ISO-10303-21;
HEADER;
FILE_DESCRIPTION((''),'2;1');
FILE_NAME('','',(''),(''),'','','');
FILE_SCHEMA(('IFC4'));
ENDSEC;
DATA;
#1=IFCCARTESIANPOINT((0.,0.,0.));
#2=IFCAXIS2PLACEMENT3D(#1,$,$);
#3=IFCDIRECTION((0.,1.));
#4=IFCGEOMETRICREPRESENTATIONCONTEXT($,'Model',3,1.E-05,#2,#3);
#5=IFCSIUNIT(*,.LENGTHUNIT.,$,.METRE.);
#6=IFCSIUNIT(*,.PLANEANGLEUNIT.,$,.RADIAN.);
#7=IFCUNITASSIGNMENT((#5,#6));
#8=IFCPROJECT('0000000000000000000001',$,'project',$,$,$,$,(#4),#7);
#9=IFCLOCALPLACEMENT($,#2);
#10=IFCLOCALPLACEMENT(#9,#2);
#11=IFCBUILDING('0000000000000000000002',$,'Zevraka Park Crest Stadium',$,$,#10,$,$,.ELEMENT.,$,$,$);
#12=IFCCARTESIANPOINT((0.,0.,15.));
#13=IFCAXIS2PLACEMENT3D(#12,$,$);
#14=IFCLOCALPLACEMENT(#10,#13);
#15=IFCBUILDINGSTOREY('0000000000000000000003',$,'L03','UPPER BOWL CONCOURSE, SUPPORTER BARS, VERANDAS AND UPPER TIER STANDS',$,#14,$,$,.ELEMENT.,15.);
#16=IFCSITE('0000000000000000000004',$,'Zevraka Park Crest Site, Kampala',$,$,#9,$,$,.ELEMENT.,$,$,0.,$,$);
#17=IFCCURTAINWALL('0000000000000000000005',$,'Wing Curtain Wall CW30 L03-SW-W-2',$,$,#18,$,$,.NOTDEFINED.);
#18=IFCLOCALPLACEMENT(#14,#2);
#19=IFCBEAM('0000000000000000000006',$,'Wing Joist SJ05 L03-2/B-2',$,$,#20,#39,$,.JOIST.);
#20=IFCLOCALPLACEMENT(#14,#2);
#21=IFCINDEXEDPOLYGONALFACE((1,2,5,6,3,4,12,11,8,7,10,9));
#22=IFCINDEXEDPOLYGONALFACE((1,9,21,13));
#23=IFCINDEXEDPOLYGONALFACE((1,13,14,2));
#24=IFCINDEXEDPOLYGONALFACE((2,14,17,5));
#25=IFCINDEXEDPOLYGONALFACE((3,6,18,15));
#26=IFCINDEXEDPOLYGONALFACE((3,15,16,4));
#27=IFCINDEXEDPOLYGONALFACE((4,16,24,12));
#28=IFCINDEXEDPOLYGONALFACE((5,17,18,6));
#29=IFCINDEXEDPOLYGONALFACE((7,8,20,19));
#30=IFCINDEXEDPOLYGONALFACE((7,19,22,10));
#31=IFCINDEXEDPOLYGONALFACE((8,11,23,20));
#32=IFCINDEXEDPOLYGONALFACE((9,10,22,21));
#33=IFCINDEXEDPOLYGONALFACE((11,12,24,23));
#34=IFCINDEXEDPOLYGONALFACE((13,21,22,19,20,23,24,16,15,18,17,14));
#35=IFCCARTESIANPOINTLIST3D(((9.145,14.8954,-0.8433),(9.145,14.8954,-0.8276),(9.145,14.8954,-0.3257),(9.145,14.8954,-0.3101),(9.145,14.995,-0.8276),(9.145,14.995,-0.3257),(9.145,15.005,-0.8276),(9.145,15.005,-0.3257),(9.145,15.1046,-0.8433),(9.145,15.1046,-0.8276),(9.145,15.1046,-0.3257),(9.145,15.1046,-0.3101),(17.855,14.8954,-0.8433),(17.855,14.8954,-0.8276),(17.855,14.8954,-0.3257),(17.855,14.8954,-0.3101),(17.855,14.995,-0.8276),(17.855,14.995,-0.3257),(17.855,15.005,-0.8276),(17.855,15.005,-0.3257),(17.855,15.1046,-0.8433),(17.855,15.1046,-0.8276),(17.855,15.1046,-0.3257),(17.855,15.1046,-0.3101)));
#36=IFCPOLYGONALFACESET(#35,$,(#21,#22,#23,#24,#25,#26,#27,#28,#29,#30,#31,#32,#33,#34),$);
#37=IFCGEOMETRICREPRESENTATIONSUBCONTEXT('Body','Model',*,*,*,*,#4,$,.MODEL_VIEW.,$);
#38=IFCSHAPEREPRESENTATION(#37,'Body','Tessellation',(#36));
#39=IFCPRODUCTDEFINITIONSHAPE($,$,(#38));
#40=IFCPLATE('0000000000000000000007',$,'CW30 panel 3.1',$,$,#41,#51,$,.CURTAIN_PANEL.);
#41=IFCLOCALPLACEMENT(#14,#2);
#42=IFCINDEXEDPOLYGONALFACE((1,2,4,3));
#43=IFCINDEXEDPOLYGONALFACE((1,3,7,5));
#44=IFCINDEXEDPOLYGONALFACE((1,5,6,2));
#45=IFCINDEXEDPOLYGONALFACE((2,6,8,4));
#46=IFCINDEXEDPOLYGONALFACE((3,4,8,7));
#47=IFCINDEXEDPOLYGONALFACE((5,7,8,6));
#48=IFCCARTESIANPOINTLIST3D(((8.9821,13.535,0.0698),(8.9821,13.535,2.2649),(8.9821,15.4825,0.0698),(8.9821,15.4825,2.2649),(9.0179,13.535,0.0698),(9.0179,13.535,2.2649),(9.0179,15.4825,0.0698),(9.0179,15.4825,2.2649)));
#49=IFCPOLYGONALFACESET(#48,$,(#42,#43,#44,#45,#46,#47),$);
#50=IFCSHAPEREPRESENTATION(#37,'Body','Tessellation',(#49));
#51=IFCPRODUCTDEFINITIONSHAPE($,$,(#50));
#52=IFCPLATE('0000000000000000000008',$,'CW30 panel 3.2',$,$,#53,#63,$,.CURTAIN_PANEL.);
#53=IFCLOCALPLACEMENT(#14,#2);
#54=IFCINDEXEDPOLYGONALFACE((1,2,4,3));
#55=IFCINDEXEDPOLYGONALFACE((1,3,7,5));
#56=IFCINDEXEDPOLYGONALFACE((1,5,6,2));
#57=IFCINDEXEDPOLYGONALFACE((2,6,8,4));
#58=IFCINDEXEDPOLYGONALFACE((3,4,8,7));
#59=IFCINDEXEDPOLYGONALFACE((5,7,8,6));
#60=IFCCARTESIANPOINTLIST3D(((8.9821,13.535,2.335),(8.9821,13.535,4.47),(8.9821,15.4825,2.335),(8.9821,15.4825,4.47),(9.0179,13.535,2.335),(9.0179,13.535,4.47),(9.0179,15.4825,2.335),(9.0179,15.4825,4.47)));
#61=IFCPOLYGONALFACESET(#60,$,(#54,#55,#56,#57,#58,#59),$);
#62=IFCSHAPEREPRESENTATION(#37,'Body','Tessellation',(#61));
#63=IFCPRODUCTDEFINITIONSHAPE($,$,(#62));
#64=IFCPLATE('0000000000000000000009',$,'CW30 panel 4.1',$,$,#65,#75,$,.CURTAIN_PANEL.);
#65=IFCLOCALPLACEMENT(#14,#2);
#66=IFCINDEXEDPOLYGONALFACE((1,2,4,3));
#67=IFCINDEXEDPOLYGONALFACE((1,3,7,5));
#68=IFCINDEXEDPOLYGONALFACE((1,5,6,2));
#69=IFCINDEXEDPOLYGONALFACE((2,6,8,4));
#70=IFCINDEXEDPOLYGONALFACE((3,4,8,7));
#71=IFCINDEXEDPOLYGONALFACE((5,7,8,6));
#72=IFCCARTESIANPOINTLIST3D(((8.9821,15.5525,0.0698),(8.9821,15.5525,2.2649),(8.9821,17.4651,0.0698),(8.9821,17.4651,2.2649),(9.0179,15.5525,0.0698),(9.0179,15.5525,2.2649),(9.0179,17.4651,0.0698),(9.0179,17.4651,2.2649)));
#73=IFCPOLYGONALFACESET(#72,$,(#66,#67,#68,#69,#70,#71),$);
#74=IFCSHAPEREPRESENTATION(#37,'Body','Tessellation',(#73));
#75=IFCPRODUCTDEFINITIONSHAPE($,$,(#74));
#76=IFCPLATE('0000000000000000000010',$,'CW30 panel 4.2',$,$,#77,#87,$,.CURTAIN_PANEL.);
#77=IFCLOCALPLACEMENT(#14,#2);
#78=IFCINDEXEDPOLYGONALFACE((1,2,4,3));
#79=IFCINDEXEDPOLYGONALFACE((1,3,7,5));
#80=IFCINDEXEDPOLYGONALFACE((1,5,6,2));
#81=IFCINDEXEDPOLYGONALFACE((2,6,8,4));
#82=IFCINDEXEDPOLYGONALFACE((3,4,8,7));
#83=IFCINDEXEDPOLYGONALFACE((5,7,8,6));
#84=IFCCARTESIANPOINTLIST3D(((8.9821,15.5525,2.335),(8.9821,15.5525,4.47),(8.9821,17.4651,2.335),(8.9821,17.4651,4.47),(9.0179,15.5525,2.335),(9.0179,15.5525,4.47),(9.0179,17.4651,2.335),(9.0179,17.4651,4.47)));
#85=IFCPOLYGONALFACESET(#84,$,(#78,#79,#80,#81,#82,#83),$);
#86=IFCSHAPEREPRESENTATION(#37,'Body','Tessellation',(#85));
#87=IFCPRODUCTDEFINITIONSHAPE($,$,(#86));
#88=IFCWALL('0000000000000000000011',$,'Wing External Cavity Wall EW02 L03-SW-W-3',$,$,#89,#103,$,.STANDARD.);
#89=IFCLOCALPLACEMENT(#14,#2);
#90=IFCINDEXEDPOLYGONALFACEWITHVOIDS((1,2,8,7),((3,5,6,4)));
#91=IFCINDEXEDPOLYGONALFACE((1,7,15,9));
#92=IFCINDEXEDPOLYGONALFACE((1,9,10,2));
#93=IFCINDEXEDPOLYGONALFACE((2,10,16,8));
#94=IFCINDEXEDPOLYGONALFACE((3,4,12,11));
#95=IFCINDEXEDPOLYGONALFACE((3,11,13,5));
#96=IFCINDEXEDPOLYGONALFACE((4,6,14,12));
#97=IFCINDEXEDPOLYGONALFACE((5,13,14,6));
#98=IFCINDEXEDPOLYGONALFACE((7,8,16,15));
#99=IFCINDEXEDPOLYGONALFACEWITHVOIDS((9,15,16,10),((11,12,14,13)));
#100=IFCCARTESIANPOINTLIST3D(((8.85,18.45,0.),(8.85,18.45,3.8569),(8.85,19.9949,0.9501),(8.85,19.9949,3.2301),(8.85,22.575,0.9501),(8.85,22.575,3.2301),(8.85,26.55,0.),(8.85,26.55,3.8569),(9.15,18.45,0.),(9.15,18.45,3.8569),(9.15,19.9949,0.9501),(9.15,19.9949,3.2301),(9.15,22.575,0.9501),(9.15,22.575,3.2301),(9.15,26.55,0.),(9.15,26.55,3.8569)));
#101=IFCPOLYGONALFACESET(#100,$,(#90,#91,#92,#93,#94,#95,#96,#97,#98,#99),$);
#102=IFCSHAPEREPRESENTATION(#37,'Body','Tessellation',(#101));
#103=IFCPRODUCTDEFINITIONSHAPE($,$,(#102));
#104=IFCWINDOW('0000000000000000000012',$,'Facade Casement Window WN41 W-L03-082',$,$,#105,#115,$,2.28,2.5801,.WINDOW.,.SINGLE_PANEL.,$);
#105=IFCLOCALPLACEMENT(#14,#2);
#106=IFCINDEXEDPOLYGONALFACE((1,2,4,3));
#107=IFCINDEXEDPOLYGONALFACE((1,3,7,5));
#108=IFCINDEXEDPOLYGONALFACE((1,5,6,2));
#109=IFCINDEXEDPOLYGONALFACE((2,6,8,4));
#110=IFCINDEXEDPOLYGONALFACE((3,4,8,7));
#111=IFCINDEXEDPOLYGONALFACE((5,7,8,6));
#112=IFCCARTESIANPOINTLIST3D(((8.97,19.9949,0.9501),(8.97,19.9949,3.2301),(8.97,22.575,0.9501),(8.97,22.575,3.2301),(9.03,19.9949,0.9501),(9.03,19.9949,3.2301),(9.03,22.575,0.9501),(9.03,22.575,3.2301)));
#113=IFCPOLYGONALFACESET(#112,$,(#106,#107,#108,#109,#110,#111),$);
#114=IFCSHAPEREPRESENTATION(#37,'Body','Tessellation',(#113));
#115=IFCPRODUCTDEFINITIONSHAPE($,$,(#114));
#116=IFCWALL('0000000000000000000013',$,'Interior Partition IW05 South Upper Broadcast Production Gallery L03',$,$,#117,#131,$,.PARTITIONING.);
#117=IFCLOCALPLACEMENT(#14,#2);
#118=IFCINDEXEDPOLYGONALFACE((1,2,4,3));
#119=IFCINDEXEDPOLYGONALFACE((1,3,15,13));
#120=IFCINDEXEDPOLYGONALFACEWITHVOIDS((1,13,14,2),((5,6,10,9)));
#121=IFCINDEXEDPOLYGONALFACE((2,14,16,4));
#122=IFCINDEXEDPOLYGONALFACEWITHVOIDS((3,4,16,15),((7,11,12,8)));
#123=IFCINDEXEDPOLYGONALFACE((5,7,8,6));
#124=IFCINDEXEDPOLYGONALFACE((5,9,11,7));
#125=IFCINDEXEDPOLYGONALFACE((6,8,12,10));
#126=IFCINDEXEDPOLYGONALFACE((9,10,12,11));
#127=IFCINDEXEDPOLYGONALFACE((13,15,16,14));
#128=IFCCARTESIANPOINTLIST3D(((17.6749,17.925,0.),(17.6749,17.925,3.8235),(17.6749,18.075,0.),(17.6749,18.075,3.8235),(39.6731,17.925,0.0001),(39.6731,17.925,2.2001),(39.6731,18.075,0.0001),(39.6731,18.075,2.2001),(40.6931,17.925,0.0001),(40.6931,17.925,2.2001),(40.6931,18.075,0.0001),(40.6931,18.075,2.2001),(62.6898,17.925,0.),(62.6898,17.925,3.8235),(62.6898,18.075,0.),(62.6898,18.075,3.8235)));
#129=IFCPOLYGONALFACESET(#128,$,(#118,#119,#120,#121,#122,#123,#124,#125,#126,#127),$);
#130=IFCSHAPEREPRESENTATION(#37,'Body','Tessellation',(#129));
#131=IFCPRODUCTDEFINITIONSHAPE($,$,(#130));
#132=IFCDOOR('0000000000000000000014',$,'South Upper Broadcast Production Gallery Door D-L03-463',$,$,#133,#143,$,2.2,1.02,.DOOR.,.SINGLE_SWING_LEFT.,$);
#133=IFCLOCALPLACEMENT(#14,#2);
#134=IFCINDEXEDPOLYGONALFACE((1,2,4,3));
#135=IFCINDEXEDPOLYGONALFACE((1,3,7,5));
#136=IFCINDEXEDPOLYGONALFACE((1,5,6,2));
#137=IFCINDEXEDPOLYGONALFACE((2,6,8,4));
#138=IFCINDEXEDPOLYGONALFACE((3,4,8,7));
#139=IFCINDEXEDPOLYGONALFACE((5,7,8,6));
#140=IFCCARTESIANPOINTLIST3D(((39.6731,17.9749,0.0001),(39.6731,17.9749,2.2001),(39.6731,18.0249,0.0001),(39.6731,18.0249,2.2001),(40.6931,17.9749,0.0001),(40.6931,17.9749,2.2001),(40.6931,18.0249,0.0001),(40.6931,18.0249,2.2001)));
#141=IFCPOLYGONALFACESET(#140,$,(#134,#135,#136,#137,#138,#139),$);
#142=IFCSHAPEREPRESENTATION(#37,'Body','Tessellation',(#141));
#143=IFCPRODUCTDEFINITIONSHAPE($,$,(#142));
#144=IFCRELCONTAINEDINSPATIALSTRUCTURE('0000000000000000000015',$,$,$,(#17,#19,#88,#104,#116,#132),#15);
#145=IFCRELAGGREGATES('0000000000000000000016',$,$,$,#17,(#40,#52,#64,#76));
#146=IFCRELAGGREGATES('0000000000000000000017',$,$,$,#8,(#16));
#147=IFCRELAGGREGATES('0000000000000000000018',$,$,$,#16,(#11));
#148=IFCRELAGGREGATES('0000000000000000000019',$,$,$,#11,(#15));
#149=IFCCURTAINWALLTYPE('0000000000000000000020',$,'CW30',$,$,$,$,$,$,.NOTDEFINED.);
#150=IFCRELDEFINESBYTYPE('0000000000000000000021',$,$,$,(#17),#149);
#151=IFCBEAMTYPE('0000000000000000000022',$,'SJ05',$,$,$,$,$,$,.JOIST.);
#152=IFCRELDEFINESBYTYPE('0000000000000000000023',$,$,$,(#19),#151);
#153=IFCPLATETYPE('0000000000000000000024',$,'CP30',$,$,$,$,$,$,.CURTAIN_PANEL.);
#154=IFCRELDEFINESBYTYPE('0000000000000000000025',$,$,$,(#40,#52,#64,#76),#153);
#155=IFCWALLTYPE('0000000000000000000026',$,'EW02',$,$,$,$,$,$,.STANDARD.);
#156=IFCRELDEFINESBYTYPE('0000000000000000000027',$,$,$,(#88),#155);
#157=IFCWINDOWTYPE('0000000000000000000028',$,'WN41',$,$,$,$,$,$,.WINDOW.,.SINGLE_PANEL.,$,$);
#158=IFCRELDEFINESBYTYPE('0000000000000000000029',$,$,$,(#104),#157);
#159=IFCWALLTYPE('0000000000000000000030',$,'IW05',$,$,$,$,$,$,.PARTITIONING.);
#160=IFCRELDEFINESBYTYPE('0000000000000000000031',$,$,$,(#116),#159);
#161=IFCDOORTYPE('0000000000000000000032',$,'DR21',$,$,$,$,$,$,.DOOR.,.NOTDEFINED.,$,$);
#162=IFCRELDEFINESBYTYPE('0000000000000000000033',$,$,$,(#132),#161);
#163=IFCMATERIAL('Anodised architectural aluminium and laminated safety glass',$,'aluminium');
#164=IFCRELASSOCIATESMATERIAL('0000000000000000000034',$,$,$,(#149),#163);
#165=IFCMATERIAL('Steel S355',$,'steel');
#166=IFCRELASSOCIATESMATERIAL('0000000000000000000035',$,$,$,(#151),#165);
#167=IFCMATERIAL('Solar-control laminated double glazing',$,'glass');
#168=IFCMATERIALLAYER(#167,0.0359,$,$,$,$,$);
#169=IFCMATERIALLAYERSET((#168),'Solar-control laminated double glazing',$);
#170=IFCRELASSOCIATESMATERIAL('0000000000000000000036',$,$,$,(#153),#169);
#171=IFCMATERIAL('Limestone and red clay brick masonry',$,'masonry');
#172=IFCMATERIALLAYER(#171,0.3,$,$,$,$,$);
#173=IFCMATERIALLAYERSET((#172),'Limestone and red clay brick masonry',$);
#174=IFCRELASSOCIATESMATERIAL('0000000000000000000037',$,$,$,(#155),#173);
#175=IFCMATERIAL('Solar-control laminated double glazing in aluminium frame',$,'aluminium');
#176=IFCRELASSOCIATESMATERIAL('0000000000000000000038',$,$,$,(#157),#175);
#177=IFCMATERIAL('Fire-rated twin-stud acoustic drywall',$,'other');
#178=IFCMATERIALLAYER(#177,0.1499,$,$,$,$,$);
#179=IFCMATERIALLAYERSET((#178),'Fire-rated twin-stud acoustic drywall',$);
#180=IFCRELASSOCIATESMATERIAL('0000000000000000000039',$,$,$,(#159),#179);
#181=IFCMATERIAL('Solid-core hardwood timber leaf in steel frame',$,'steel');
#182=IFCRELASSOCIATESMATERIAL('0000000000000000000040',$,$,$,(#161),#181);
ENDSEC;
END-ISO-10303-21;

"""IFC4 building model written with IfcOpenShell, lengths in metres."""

from ifc_helpers import new_model, si_unit, direction, frame, frame_2d, origin, origin_2d, place, context, subcontext, project, spatial, rectangle, i_section, extrude, material, layer, layer_set, material_profile, profile_set, type_object, element, fill, aggregate, save


model = new_model("IFC4")

# Units and contexts
model_context = context("Model", 3, precision=1e-05, world=origin(), true_north=direction((0.0, 1.0)))
body_context = subcontext(model_context, "Body", "Model", "MODEL_VIEW")
ifc_project = project(units=[si_unit("LENGTHUNIT", "METRE"), si_unit("PLANEANGLEUNIT", "RADIAN")], contexts=[model_context])

# Site, building, storey
site_placement = place(None, origin())
site = spatial("IfcSite", under=ifc_project, at=site_placement, Name="Zevraka Park Crest Site, Kampala", CompositionType="ELEMENT", RefElevation=0.0)
building_placement = place(site_placement, origin())
building = spatial("IfcBuilding", under=site, at=building_placement, Name="Zevraka Park Crest Stadium", CompositionType="ELEMENT")
storey_placement = place(building_placement, frame((0.0, 0.0, 15.0)))
storey = spatial("IfcBuildingStorey", under=building, at=storey_placement, Name="L03", Description="UPPER BOWL CONCOURSE, SUPPORTER BARS, VERANDAS AND UPPER TIER STANDS", CompositionType="ELEMENT", Elevation=15.0)

# Curtain wall
ifc_material_1 = material(Name="Anodised architectural aluminium and laminated safety glass", Category="aluminium")
curtain_wall_type = type_object("IfcCurtainWallType", Name="CW30", PredefinedType="NOTDEFINED", material=ifc_material_1)
curtain_wall_placement = place(storey_placement, origin())
curtain_wall = element("IfcCurtainWall", 1, at=curtain_wall_placement, inside=storey, type_object=curtain_wall_type, Name="Wing Curtain Wall CW30 L03-SW-W-2", PredefinedType="NOTDEFINED")

# Beam
ifc_material_2 = material(Name="Steel S355", Category="steel")
ifc_material_profile_1 = material_profile(ifc_material_2, i_section(OverallWidth=0.2092, OverallDepth=0.5332, WebThickness=0.01, FlangeThickness=0.0156, at=origin_2d()), Name="UKB 533x210x92")
ifc_profile_set_1 = profile_set([ifc_material_profile_1], Name="Steel S355")
beam_type_1 = type_object("IfcBeamType", Name="SJ05", PredefinedType="JOIST", material=ifc_profile_set_1)
beam_1_placement = place(storey_placement, frame((9.145, 15.0, -0.5767), z_axis=(1.0, 0.0, 0.0), x_axis=(0.0, 1.0, 0.0)))
element("IfcBeam", 2, at=beam_1_placement, inside=storey, type_object=beam_type_1, Name="Wing Joist SJ05 L03-2/B-2", PredefinedType="JOIST", context=body_context, shape_type="SweptSolid", body=[
    extrude(i_section(OverallWidth=0.2092, OverallDepth=0.5332, WebThickness=0.01, FlangeThickness=0.0156, at=origin_2d()), origin(), (0.0, 0.0, 1.0), 8.71),
])

# Plates
ifc_material_3 = material(Name="Solar-control laminated double glazing", Category="glass")
ifc_layer_1 = layer(ifc_material_3, 0.0359)
ifc_layer_set_1 = layer_set([ifc_layer_1], Name="Solar-control laminated double glazing")
plate_type = type_object("IfcPlateType", Name="CP30", PredefinedType="CURTAIN_PANEL", material=ifc_layer_set_1)
plate_1_placement = place(storey_placement, frame((9.0, 14.5088, 0.0698), z_axis=(0.0, 0.0, 1.0), x_axis=(0.0, 1.0, 0.0)))
plate_1 = element("IfcPlate", 3, at=plate_1_placement, type_object=plate_type, Name="CW30 panel 3.1", PredefinedType="CURTAIN_PANEL", context=body_context, shape_type="SweptSolid", body=[
    extrude(rectangle(XDim=1.9475, YDim=0.0359, at=origin_2d()), origin(), (0.0, 0.0, 1.0), 2.1951),
])
plate_2_placement = place(storey_placement, frame((9.0, 14.5088, 2.335), z_axis=(0.0, 0.0, 1.0), x_axis=(0.0, 1.0, 0.0)))
plate_2 = element("IfcPlate", 4, at=plate_2_placement, type_object=plate_type, Name="CW30 panel 3.2", PredefinedType="CURTAIN_PANEL", context=body_context, shape_type="SweptSolid", body=[
    extrude(rectangle(XDim=1.9475, YDim=0.0359, at=origin_2d()), origin(), (0.0, 0.0, 1.0), 2.135),
])
plate_3_placement = place(storey_placement, frame((9.0, 16.5088, 0.0698), z_axis=(0.0, 0.0, 1.0), x_axis=(0.0, 1.0, 0.0)))
plate_3 = element("IfcPlate", 5, at=plate_3_placement, type_object=plate_type, Name="CW30 panel 4.1", PredefinedType="CURTAIN_PANEL", context=body_context, shape_type="SweptSolid", body=[
    extrude(rectangle(XDim=1.9126, YDim=0.0359, at=origin_2d()), origin(), (0.0, 0.0, 1.0), 2.1951),
])
plate_4_placement = place(storey_placement, frame((9.0, 16.5088, 2.335), z_axis=(0.0, 0.0, 1.0), x_axis=(0.0, 1.0, 0.0)))
plate_4 = element("IfcPlate", 6, at=plate_4_placement, type_object=plate_type, Name="CW30 panel 4.2", PredefinedType="CURTAIN_PANEL", context=body_context, shape_type="SweptSolid", body=[
    extrude(rectangle(XDim=1.9126, YDim=0.0359, at=origin_2d()), origin(), (0.0, 0.0, 1.0), 2.135),
])
aggregate(curtain_wall, [plate_1, plate_2, plate_3, plate_4])

# Wall, opening, window
ifc_material_4 = material(Name="Limestone and red clay brick masonry", Category="masonry")
ifc_layer_2 = layer(ifc_material_4, 0.3)
ifc_layer_set_2 = layer_set([ifc_layer_2], Name="Limestone and red clay brick masonry")
wall_type_1 = type_object("IfcWallType", Name="EW02", PredefinedType="STANDARD", material=ifc_layer_set_2)
wall_1_placement = place(storey_placement, frame((9.0, 18.45, 0.0), z_axis=(0.0, 0.0, 1.0), x_axis=(0.0, 1.0, 0.0)))
wall_1 = element("IfcWall", 7, at=wall_1_placement, inside=storey, type_object=wall_type_1, Name="Wing External Cavity Wall EW02 L03-SW-W-3", PredefinedType="STANDARD", context=body_context, shape_type="SweptSolid", body=[
    extrude(rectangle(XDim=8.1001, YDim=0.3, at=frame_2d((4.05, 0.0))), origin(), (0.0, 0.0, 1.0), 3.8569),
])
opening_1_placement = place(wall_1_placement, frame((1.5449, 0.0, 0.95)))
opening_1 = element("IfcOpeningElement", 8, at=opening_1_placement, cuts=wall_1, PredefinedType="OPENING", context=body_context, shape_type="SweptSolid", body=[
    extrude(rectangle(XDim=2.5801, YDim=2.28, at=frame_2d((1.29, 1.1401))), frame((0.0, 0.1599, 0.0), z_axis=(0.0, -1.0, 0.0), x_axis=(1.0, 0.0, 0.0)), (0.0, 0.0, 1.0), 0.3201),
])
ifc_material_5 = material(Name="Solar-control laminated double glazing in aluminium frame", Category="aluminium")
window_type = type_object("IfcWindowType", Name="WN41", PartitioningType="SINGLE_PANEL", PredefinedType="WINDOW", material=ifc_material_5)
window_placement = place(opening_1_placement, origin())
window = element("IfcWindow", 9, at=window_placement, inside=storey, type_object=window_type, Name="Facade Casement Window WN41 W-L03-082", OverallHeight=2.28, OverallWidth=2.5801, PartitioningType="SINGLE_PANEL", PredefinedType="WINDOW", context=body_context, shape_type="SweptSolid", body=[
    extrude(rectangle(XDim=2.5801, YDim=2.28, at=frame_2d((1.29, 1.1401))), frame((0.0, 0.03, 0.0), z_axis=(0.0, -1.0, 0.0), x_axis=(1.0, 0.0, 0.0)), (0.0, 0.0, 1.0), 0.0601),
])
fill(opening_1, window)

# Wall, opening, door
ifc_material_6 = material(Name="Fire-rated twin-stud acoustic drywall", Category="other")
ifc_layer_3 = layer(ifc_material_6, 0.1499)
ifc_layer_set_3 = layer_set([ifc_layer_3], Name="Fire-rated twin-stud acoustic drywall")
wall_type_2 = type_object("IfcWallType", Name="IW05", PredefinedType="PARTITIONING", material=ifc_layer_set_3)
wall_2_placement = place(storey_placement, frame((17.675, 18.0, 0.0), z_axis=(0.0, 0.0, 1.0), x_axis=(1.0, 0.0, 0.0)))
wall_2 = element("IfcWall", 10, at=wall_2_placement, inside=storey, type_object=wall_type_2, Name="Interior Partition IW05 South Upper Broadcast Production Gallery L03", PredefinedType="PARTITIONING", context=body_context, shape_type="SweptSolid", body=[
    extrude(rectangle(XDim=45.0149, YDim=0.1499, at=frame_2d((22.5073, 0.0))), origin(), (0.0, 0.0, 1.0), 3.8235),
])
opening_2_placement = place(wall_2_placement, frame((21.998, 0.0, 0.0)))
opening_2 = element("IfcOpeningElement", 11, at=opening_2_placement, cuts=wall_2, PredefinedType="OPENING", context=body_context, shape_type="SweptSolid", body=[
    extrude(rectangle(XDim=1.02, YDim=2.2, at=frame_2d((0.51, 1.1001))), frame((0.0, 0.085, 0.0), z_axis=(0.0, -1.0, 0.0), x_axis=(1.0, 0.0, 0.0)), (0.0, 0.0, 1.0), 0.1699),
])
ifc_material_7 = material(Name="Solid-core hardwood timber leaf in steel frame", Category="steel")
door_type_1 = type_object("IfcDoorType", Name="DR21", OperationType="NOTDEFINED", PredefinedType="DOOR", material=ifc_material_7)
door_1_placement = place(opening_2_placement, origin())
door_1 = element("IfcDoor", 12, at=door_1_placement, inside=storey, type_object=door_type_1, Name="South Upper Broadcast Production Gallery Door D-L03-463", OperationType="SINGLE_SWING_LEFT", OverallHeight=2.2, OverallWidth=1.02, PredefinedType="DOOR", context=body_context, shape_type="SweptSolid", body=[
    extrude(rectangle(XDim=1.02, YDim=2.2, at=frame_2d((0.51, 1.1001))), frame((0.0, 0.0249, 0.0), z_axis=(0.0, -1.0, 0.0), x_axis=(1.0, 0.0, 0.0)), (0.0, 0.0, 1.0), 0.05),
])
fill(opening_2, door_1)

save(model, "model.ifc")
